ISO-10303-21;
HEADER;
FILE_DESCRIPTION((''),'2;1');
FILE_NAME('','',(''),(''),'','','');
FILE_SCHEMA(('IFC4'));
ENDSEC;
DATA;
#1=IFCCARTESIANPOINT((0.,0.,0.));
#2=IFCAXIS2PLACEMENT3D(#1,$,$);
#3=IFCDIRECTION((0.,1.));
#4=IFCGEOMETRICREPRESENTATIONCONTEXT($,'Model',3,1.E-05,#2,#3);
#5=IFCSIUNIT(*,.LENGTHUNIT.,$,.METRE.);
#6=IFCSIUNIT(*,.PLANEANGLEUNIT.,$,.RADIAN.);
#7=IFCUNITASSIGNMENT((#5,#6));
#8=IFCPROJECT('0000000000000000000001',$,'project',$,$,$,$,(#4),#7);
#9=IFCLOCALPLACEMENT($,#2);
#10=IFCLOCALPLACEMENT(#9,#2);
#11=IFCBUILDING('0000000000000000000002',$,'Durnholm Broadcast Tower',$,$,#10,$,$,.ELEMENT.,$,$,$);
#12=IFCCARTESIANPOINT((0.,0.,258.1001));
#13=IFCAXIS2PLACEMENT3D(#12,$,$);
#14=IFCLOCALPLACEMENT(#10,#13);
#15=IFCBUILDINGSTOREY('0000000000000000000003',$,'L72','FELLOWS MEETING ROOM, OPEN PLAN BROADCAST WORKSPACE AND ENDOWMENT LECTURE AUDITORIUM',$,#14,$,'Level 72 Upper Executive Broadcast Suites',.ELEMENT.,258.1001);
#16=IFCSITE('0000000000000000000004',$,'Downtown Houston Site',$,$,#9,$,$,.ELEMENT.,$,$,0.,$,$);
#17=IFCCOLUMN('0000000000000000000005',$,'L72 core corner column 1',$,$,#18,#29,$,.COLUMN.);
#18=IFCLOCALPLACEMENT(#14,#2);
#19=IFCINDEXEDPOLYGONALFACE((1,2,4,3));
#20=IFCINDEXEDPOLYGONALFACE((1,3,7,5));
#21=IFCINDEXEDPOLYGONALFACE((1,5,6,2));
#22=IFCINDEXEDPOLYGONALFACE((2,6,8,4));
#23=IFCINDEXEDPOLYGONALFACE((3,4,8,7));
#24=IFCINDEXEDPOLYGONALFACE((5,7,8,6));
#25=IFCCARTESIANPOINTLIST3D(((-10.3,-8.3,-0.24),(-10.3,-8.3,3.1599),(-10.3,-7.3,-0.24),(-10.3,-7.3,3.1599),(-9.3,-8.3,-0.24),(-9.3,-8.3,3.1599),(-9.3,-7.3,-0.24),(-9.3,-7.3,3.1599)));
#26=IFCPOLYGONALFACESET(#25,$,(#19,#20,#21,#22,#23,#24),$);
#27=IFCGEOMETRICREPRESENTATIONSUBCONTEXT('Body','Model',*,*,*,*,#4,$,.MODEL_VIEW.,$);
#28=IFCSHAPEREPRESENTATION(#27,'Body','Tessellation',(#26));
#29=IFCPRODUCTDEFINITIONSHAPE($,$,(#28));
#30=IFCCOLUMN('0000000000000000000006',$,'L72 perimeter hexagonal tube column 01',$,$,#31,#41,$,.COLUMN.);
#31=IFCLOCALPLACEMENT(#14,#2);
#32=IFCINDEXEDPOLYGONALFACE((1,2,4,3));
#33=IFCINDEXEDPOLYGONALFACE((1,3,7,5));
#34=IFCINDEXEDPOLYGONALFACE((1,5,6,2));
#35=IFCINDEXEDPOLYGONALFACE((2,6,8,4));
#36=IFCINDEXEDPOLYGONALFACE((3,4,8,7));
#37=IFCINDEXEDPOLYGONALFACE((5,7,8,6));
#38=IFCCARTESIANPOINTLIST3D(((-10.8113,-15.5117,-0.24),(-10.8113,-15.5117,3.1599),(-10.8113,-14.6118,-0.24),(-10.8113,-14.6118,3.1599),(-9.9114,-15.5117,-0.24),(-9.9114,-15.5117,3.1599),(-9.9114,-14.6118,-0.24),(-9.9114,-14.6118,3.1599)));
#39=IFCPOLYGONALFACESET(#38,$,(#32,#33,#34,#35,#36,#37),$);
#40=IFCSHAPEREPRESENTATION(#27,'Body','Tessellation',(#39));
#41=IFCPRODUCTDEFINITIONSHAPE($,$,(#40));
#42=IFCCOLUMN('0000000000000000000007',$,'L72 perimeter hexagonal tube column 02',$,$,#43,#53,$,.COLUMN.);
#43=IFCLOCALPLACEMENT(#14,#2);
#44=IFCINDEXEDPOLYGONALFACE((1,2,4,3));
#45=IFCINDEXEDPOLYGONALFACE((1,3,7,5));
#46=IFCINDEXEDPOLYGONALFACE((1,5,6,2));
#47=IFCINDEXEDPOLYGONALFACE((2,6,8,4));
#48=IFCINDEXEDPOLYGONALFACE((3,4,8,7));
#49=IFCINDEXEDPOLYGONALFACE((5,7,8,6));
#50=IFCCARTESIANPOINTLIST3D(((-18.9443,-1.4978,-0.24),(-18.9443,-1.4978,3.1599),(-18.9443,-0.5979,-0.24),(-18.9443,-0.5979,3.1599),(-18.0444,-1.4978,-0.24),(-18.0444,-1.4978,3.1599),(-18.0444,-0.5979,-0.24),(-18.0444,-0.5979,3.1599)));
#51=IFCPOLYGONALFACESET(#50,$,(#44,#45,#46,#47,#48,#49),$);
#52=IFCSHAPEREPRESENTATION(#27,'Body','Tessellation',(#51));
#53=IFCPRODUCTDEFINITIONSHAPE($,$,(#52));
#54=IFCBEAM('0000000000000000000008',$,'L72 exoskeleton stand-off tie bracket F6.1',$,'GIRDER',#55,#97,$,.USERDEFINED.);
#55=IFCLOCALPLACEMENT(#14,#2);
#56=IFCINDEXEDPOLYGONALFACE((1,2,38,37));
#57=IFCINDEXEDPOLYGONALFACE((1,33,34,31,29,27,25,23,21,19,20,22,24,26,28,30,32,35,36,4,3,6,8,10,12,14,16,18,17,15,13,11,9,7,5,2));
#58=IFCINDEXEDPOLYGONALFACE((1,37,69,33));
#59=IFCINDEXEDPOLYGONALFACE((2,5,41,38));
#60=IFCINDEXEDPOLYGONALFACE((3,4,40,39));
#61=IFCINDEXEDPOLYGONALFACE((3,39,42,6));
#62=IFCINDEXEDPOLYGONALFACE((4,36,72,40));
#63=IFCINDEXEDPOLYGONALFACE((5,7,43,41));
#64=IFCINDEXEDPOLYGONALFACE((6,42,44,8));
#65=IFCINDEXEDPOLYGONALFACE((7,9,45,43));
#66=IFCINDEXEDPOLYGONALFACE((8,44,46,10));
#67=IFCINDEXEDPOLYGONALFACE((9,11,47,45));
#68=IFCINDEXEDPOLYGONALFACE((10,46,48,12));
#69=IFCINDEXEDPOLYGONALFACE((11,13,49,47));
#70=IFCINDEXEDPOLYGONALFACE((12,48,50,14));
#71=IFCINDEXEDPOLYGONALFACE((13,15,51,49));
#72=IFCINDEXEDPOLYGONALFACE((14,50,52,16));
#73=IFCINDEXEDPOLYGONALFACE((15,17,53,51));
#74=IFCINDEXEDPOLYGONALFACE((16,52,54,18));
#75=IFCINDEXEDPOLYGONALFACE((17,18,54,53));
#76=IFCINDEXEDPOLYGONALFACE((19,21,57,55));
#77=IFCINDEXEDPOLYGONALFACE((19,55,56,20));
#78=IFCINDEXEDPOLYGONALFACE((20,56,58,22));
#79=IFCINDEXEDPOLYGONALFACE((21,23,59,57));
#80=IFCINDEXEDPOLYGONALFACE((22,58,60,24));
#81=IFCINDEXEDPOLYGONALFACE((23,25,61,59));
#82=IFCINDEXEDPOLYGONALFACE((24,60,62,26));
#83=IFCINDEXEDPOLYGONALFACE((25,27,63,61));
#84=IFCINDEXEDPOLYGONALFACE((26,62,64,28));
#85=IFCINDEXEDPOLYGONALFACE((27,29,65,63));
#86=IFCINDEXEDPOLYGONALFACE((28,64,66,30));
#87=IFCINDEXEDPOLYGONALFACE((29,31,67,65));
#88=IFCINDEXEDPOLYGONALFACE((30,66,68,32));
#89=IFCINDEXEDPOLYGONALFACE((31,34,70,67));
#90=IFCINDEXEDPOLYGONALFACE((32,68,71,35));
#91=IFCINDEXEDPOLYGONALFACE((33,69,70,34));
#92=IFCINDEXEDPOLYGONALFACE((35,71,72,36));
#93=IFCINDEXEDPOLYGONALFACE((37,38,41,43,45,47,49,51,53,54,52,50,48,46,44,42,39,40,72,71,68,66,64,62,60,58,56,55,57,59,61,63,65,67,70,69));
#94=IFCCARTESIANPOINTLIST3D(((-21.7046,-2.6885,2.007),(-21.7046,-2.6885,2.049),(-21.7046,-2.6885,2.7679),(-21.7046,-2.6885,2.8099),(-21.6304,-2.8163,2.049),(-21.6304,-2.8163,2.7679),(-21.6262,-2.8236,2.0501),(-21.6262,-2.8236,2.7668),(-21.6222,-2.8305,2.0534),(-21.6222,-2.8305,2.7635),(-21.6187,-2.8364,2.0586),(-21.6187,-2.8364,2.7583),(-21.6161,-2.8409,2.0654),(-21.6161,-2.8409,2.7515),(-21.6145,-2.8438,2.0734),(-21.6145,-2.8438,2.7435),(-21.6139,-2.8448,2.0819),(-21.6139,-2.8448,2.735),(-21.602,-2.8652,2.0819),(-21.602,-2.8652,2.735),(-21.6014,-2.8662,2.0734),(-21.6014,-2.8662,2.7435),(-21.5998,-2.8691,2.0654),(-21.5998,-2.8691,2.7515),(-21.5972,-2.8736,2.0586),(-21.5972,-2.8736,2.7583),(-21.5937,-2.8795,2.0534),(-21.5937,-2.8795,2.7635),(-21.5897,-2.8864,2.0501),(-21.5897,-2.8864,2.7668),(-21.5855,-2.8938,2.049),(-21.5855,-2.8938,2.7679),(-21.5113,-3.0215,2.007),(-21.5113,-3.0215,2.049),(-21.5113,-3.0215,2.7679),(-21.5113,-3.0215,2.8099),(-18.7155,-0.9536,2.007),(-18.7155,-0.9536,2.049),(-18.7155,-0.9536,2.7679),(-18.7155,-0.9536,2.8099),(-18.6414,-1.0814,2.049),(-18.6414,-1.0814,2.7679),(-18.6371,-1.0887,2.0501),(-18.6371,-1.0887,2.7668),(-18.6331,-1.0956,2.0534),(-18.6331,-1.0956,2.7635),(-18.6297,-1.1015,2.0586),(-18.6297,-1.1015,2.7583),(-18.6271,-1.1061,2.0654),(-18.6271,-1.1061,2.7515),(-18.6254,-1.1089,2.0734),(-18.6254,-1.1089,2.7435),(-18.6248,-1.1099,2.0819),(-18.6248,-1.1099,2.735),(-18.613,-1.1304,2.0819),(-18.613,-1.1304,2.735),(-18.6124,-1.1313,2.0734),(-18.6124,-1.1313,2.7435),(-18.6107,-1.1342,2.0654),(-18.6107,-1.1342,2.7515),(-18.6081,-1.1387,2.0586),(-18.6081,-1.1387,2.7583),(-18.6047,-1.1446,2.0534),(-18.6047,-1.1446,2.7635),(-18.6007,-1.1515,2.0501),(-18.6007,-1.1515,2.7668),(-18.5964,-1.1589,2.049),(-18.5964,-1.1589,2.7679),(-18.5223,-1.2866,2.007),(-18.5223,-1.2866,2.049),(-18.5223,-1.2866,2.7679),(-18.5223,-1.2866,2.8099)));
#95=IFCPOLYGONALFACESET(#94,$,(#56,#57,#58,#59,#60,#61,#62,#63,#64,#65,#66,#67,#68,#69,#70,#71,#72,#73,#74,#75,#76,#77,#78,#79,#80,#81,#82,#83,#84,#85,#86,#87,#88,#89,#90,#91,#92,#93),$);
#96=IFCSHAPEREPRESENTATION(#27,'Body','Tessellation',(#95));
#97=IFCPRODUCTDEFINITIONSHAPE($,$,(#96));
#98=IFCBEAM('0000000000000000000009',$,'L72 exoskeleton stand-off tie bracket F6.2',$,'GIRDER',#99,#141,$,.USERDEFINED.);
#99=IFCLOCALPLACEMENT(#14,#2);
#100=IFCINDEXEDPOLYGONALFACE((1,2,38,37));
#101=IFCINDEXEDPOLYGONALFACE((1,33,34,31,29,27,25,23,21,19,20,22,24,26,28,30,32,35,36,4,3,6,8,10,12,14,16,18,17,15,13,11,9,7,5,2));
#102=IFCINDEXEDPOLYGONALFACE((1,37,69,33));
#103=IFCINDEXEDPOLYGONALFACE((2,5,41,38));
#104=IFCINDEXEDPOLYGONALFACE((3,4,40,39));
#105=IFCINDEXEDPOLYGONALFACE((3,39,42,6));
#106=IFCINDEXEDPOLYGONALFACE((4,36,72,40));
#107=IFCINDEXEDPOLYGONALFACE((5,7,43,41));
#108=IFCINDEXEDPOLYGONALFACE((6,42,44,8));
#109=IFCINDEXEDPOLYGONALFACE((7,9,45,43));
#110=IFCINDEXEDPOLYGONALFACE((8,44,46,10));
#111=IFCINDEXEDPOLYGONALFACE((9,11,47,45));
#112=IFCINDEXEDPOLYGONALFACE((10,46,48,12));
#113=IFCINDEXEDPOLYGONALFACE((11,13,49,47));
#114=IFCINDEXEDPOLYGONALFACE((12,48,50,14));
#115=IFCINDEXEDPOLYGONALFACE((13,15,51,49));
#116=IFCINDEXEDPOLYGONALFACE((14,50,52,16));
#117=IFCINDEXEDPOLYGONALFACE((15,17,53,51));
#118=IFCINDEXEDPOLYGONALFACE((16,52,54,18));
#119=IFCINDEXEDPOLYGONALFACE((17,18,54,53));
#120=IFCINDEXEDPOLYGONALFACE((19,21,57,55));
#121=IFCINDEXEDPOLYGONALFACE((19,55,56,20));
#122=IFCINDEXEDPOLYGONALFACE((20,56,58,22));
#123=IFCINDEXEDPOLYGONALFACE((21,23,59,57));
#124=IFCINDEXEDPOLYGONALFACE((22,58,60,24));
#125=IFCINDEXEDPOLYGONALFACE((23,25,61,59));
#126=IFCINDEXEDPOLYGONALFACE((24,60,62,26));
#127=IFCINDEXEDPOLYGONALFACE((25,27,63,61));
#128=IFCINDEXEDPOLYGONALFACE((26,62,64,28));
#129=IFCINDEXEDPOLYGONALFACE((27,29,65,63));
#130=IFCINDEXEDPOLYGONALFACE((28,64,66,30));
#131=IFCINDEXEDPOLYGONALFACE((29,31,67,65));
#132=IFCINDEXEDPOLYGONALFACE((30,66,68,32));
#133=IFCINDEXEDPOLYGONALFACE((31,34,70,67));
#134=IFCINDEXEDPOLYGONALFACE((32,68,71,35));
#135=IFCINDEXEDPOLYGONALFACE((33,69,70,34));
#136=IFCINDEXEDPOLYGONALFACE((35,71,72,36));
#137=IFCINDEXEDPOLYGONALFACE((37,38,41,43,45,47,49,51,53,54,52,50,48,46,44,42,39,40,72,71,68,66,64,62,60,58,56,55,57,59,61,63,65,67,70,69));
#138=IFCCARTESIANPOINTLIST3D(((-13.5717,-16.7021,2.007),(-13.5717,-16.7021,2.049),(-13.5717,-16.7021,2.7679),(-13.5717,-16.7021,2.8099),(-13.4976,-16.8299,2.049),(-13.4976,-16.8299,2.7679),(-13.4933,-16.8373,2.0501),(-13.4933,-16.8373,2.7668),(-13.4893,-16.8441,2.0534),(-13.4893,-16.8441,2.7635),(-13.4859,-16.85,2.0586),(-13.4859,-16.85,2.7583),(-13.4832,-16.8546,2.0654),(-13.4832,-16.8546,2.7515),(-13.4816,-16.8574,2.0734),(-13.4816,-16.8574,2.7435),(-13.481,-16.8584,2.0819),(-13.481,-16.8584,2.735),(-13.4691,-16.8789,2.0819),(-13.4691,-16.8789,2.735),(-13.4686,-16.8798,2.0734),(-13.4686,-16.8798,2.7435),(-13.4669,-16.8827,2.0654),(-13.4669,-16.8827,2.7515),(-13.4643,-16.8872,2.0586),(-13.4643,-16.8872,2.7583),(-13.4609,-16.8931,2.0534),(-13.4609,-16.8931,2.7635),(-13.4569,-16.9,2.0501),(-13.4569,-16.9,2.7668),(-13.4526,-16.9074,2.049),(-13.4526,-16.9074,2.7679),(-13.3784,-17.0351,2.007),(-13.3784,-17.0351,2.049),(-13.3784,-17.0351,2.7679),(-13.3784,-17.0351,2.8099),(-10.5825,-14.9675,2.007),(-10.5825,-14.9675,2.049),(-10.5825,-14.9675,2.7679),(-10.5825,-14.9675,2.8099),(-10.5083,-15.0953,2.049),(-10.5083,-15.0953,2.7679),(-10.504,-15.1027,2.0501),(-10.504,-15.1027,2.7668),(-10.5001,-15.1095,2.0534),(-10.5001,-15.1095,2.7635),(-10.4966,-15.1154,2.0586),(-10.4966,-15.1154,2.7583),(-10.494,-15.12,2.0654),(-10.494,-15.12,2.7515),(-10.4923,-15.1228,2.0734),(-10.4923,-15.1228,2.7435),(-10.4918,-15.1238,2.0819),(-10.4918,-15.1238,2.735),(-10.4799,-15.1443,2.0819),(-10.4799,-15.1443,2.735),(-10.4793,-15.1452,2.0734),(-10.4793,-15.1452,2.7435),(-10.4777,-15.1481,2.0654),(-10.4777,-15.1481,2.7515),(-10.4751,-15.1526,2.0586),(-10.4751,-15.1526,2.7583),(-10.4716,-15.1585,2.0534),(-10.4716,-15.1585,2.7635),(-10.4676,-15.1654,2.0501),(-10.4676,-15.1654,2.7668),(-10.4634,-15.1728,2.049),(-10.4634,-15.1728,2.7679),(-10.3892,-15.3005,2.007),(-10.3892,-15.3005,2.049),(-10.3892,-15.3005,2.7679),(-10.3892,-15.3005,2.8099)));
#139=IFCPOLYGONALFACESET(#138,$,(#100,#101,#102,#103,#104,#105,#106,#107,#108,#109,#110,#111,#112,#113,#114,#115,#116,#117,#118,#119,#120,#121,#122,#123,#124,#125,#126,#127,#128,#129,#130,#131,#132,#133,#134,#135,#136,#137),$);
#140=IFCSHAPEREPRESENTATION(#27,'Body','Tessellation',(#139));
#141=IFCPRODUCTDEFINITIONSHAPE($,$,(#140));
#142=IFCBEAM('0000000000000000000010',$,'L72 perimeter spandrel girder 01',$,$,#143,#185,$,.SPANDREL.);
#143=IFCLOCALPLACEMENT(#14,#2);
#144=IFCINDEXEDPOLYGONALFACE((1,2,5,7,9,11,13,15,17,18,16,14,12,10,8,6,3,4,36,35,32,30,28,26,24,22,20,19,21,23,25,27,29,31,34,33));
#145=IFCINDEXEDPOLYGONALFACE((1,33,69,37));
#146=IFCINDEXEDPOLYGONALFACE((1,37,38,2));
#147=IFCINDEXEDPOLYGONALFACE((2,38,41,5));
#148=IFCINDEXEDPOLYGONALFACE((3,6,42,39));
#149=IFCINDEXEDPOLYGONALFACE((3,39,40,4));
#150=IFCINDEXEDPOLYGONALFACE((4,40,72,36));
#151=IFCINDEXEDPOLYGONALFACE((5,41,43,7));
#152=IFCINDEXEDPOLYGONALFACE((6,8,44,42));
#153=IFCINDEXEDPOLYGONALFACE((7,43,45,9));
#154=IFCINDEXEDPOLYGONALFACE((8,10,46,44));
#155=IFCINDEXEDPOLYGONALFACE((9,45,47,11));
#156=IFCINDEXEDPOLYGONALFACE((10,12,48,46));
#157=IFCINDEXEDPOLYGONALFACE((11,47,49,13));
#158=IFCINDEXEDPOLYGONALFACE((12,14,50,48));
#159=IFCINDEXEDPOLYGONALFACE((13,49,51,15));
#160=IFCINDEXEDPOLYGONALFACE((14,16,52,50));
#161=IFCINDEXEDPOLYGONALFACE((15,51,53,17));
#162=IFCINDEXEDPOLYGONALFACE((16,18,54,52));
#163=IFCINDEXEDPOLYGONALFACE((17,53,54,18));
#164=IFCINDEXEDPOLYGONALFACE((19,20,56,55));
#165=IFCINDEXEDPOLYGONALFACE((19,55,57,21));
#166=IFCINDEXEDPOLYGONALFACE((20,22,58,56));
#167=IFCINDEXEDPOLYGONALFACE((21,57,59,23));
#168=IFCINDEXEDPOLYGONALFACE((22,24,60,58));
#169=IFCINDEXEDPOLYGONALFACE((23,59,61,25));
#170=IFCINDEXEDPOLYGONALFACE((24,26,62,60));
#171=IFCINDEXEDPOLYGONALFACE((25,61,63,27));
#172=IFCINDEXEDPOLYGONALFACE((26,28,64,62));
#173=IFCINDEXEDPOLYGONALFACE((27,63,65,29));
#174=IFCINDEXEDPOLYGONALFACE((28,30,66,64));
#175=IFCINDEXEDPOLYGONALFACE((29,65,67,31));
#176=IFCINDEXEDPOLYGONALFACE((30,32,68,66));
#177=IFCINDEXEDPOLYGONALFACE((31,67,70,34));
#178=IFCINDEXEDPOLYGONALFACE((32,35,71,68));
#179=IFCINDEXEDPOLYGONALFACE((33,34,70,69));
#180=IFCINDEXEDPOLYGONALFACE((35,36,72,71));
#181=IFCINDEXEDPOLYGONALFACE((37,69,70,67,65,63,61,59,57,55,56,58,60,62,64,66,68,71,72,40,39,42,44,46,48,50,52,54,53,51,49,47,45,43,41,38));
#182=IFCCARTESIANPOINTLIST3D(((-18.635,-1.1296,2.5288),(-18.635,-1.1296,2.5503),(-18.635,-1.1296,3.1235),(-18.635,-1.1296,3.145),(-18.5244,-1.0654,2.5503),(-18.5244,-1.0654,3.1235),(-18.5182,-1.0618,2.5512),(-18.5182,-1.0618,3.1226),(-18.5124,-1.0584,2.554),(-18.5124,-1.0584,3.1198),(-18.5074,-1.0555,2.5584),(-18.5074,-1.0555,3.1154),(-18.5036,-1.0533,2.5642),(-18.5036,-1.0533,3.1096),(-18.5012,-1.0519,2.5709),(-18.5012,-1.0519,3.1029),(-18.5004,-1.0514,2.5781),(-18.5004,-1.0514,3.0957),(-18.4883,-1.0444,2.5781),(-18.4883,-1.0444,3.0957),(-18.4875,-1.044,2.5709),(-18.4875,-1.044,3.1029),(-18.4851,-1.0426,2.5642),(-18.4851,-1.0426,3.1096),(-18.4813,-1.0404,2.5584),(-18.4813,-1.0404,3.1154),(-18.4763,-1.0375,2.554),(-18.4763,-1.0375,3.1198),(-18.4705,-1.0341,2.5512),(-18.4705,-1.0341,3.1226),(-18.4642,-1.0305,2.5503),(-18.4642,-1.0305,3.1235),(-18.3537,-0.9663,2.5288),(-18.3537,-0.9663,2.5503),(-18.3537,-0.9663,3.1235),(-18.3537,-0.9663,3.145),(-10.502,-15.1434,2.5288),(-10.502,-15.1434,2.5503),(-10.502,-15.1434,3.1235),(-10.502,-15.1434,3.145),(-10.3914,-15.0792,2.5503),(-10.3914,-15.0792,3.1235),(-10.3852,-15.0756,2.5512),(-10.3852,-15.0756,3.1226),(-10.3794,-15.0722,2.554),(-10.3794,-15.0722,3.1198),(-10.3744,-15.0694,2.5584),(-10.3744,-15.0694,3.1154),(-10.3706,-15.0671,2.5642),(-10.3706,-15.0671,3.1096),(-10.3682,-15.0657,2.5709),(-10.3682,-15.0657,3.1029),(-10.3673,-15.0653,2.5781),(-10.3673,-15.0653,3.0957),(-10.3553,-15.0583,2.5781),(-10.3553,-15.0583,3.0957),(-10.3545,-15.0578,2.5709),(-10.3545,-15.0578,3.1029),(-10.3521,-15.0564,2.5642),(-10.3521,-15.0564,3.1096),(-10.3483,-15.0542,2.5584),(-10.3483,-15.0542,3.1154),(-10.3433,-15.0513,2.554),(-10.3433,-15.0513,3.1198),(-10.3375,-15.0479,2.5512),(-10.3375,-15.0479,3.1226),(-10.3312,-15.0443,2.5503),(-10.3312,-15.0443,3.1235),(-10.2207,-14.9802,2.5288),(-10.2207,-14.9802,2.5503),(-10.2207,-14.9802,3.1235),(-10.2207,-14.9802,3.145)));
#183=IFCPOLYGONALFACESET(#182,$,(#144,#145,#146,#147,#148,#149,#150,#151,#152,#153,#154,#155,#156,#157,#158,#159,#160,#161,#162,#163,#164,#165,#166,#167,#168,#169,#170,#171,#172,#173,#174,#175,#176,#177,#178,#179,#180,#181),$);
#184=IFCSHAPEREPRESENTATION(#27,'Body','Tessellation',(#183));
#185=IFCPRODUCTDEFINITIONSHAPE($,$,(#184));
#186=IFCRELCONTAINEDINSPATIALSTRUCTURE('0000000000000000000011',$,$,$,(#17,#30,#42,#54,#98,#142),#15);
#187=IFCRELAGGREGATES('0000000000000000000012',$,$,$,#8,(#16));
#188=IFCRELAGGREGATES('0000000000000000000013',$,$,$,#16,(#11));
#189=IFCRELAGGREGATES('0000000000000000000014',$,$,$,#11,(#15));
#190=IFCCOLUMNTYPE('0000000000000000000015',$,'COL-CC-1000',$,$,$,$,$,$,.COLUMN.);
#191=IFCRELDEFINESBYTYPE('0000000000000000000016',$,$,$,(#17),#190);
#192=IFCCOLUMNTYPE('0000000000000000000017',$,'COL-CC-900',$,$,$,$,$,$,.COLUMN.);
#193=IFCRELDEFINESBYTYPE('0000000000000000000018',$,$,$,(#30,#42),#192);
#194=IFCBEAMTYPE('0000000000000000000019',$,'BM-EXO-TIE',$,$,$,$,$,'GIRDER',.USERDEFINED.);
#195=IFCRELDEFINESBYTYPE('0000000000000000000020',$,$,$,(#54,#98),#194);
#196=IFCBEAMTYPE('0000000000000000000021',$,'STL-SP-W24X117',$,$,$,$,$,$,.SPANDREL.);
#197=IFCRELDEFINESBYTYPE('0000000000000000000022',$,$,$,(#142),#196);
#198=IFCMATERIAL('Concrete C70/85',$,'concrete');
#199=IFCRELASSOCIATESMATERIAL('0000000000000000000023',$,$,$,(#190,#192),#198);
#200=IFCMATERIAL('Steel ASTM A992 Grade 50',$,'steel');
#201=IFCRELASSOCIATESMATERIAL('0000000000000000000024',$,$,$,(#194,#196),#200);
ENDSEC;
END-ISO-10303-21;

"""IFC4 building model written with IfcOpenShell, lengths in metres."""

from ifc_helpers import new_model, si_unit, direction, frame, origin, origin_2d, place, context, subcontext, project, spatial, rectangle, i_section, extrude, source, transform, mapped, material, material_profile, profile_set, type_object, type_shapes, element, save


model = new_model("IFC4")

# Units and contexts
model_context = context("Model", 3, precision=1e-05, world=origin(), true_north=direction((0.0, 1.0)))
body_context = subcontext(model_context, "Body", "Model", "MODEL_VIEW")
ifc_project = project(units=[si_unit("LENGTHUNIT", "METRE"), si_unit("PLANEANGLEUNIT", "RADIAN")], contexts=[model_context])

# Site, building, storey
site_placement = place(None, origin())
site = spatial("IfcSite", under=ifc_project, at=site_placement, Name="Downtown Houston Site", CompositionType="ELEMENT", RefElevation=0.0)
building_placement = place(site_placement, origin())
building = spatial("IfcBuilding", under=site, at=building_placement, Name="Durnholm Broadcast Tower", CompositionType="ELEMENT")
storey_placement = place(building_placement, frame((0.0, 0.0, 258.1001)))
storey = spatial("IfcBuildingStorey", under=building, at=storey_placement, Name="L72", Description="FELLOWS MEETING ROOM, OPEN PLAN BROADCAST WORKSPACE AND ENDOWMENT LECTURE AUDITORIUM", LongName="Level 72 Upper Executive Broadcast Suites", CompositionType="ELEMENT", Elevation=258.1001)

# Columns
ifc_material_1 = material(Name="Concrete C70/85", Category="concrete")
ifc_material_profile_1 = material_profile(ifc_material_1, rectangle(XDim=1.0, YDim=1.0, at=origin_2d()), Name="RC1000X1000")
ifc_profile_set_1 = profile_set([ifc_material_profile_1], Name="Concrete C70/85")
column_type_1 = type_object("IfcColumnType", Name="COL-CC-1000", PredefinedType="COLUMN", material=ifc_profile_set_1)
shared_shape_1 = source(origin(), body_context, "Body", "SweptSolid", [
    extrude(rectangle(XDim=1.0, YDim=1.0, at=origin_2d()), origin(), (0.0, 0.0, 1.0), 3.3999),
])
type_shapes(column_type_1, [shared_shape_1])
column_placement = place(storey_placement, frame((-9.8, -7.8, -0.24), z_axis=(0.0, 0.0, 1.0), x_axis=(1.0, 0.0, 0.0)))
element("IfcColumn", 1, at=column_placement, inside=storey, type_object=column_type_1, Name="L72 core corner column 1", PredefinedType="COLUMN", context=body_context, shape_type="MappedRepresentation", body=[
    mapped(shared_shape_1, transform((0.0, 0.0, 0.0), x_axis=(1.0, 0.0, 0.0), y_axis=(0.0, 1.0, 0.0), z_axis=(0.0, 0.0, 1.0), scale=1.0)),
])
ifc_material_profile_2 = material_profile(ifc_material_1, rectangle(XDim=0.8999, YDim=0.8999, at=origin_2d()), Name="RC900X900")
ifc_profile_set_2 = profile_set([ifc_material_profile_2], Name="Concrete C70/85")
column_type_2 = type_object("IfcColumnType", Name="COL-CC-900", PredefinedType="COLUMN", material=ifc_profile_set_2)
shared_shape_2 = source(origin(), body_context, "Body", "SweptSolid", [
    extrude(rectangle(XDim=0.8999, YDim=0.8999, at=origin_2d()), origin(), (0.0, 0.0, 1.0), 3.3999),
])
type_shapes(column_type_2, [shared_shape_2])
for number, where, z_axis, x_axis, name in (
    (2, (-10.3613, -15.0618, -0.24), (0.0, 0.0, 1.0), (1.0, 0.0, 0.0), "L72 perimeter hexagonal tube column 01"),
    (3, (-18.4944, -1.0479, -0.24), (0.0, 0.0, 1.0), (1.0, 0.0, 0.0), "L72 perimeter hexagonal tube column 02"),
):
    element("IfcColumn", number, at=place(storey_placement, frame(where, z_axis=z_axis, x_axis=x_axis)), inside=storey, type_object=column_type_2, Name=name, PredefinedType="COLUMN", context=body_context, shape_type="MappedRepresentation", body=[
        mapped(shared_shape_2, transform((0.0, 0.0, 0.0), x_axis=(1.0, 0.0, 0.0), y_axis=(0.0, 1.0, 0.0), z_axis=(0.0, 0.0, 1.0), scale=1.0)),
    ])

# Beams
ifc_material_2 = material(Name="Steel ASTM A992 Grade 50", Category="steel")
ifc_material_profile_3 = material_profile(ifc_material_2, i_section(OverallWidth=0.385, OverallDepth=0.803, WebThickness=0.0237, FlangeThickness=0.042, FilletRadius=0.033, at=origin_2d()), Name="W30X261")
ifc_profile_set_3 = profile_set([ifc_material_profile_3], Name="Steel ASTM A992 Grade 50")
beam_type_1 = type_object("IfcBeamType", Name="BM-EXO-TIE", ElementType="GIRDER", PredefinedType="USERDEFINED", material=ifc_profile_set_3)
shared_shape_3 = source(origin(), body_context, "Body", "SweptSolid", [
    extrude(i_section(OverallWidth=0.385, OverallDepth=0.803, WebThickness=0.0237, FlangeThickness=0.042, FilletRadius=0.033, at=origin_2d()), origin(), (0.0, 0.0, 1.0), 3.4561),
])
for number, where, z_axis, x_axis, name in (
    (4, (-18.6189, -1.1201, 2.4084), (-0.864876, -0.501986, 0.0), (0.501986, -0.864876, 0.0), "L72 exoskeleton stand-off tie bracket F6.1"),
    (5, (-10.4858, -15.134, 2.4084), (-0.864924, -0.501902, 0.0), (0.501902, -0.864924, 0.0), "L72 exoskeleton stand-off tie bracket F6.2"),
):
    element("IfcBeam", number, at=place(storey_placement, frame(where, z_axis=z_axis, x_axis=x_axis)), inside=storey, type_object=beam_type_1, Name=name, ObjectType="GIRDER", PredefinedType="USERDEFINED", context=body_context, shape_type="MappedRepresentation", body=[
        mapped(shared_shape_3, transform((0.0, 0.0, 0.0), x_axis=(1.0, 0.0, 0.0), y_axis=(0.0, 1.0, 0.0), z_axis=(0.0, 0.0, 1.0), scale=1.0)),
    ])
ifc_material_profile_4 = material_profile(ifc_material_2, i_section(OverallWidth=0.3252, OverallDepth=0.6162, WebThickness=0.0139, FlangeThickness=0.0215, FilletRadius=0.0278, at=origin_2d()), Name="W24X117")
ifc_profile_set_4 = profile_set([ifc_material_profile_4], Name="Steel ASTM A992 Grade 50")
beam_type_2 = type_object("IfcBeamType", Name="STL-SP-W24X117", PredefinedType="SPANDREL", material=ifc_profile_set_4)
shared_shape_4 = source(origin(), body_context, "Body", "SweptSolid", [
    extrude(i_section(OverallWidth=0.3252, OverallDepth=0.6162, WebThickness=0.0139, FlangeThickness=0.0215, FilletRadius=0.0278, at=origin_2d()), origin(), (0.0, 0.0, 1.0), 16.2029),
])
beam_1_placement = place(storey_placement, frame((-10.3613, -15.0618, 2.8369), z_axis=(-0.501948, 0.864898, 0.0), x_axis=(-0.864898, -0.501948, 0.0)))
element("IfcBeam", 6, at=beam_1_placement, inside=storey, type_object=beam_type_2, Name="L72 perimeter spandrel girder 01", PredefinedType="SPANDREL", context=body_context, shape_type="MappedRepresentation", body=[
    mapped(shared_shape_4, transform((0.0, 0.0, 0.0), x_axis=(1.0, 0.0, 0.0), y_axis=(0.0, 1.0, 0.0), z_axis=(0.0, 0.0, 1.0), scale=1.0)),
])

save(model, "model.ifc")
